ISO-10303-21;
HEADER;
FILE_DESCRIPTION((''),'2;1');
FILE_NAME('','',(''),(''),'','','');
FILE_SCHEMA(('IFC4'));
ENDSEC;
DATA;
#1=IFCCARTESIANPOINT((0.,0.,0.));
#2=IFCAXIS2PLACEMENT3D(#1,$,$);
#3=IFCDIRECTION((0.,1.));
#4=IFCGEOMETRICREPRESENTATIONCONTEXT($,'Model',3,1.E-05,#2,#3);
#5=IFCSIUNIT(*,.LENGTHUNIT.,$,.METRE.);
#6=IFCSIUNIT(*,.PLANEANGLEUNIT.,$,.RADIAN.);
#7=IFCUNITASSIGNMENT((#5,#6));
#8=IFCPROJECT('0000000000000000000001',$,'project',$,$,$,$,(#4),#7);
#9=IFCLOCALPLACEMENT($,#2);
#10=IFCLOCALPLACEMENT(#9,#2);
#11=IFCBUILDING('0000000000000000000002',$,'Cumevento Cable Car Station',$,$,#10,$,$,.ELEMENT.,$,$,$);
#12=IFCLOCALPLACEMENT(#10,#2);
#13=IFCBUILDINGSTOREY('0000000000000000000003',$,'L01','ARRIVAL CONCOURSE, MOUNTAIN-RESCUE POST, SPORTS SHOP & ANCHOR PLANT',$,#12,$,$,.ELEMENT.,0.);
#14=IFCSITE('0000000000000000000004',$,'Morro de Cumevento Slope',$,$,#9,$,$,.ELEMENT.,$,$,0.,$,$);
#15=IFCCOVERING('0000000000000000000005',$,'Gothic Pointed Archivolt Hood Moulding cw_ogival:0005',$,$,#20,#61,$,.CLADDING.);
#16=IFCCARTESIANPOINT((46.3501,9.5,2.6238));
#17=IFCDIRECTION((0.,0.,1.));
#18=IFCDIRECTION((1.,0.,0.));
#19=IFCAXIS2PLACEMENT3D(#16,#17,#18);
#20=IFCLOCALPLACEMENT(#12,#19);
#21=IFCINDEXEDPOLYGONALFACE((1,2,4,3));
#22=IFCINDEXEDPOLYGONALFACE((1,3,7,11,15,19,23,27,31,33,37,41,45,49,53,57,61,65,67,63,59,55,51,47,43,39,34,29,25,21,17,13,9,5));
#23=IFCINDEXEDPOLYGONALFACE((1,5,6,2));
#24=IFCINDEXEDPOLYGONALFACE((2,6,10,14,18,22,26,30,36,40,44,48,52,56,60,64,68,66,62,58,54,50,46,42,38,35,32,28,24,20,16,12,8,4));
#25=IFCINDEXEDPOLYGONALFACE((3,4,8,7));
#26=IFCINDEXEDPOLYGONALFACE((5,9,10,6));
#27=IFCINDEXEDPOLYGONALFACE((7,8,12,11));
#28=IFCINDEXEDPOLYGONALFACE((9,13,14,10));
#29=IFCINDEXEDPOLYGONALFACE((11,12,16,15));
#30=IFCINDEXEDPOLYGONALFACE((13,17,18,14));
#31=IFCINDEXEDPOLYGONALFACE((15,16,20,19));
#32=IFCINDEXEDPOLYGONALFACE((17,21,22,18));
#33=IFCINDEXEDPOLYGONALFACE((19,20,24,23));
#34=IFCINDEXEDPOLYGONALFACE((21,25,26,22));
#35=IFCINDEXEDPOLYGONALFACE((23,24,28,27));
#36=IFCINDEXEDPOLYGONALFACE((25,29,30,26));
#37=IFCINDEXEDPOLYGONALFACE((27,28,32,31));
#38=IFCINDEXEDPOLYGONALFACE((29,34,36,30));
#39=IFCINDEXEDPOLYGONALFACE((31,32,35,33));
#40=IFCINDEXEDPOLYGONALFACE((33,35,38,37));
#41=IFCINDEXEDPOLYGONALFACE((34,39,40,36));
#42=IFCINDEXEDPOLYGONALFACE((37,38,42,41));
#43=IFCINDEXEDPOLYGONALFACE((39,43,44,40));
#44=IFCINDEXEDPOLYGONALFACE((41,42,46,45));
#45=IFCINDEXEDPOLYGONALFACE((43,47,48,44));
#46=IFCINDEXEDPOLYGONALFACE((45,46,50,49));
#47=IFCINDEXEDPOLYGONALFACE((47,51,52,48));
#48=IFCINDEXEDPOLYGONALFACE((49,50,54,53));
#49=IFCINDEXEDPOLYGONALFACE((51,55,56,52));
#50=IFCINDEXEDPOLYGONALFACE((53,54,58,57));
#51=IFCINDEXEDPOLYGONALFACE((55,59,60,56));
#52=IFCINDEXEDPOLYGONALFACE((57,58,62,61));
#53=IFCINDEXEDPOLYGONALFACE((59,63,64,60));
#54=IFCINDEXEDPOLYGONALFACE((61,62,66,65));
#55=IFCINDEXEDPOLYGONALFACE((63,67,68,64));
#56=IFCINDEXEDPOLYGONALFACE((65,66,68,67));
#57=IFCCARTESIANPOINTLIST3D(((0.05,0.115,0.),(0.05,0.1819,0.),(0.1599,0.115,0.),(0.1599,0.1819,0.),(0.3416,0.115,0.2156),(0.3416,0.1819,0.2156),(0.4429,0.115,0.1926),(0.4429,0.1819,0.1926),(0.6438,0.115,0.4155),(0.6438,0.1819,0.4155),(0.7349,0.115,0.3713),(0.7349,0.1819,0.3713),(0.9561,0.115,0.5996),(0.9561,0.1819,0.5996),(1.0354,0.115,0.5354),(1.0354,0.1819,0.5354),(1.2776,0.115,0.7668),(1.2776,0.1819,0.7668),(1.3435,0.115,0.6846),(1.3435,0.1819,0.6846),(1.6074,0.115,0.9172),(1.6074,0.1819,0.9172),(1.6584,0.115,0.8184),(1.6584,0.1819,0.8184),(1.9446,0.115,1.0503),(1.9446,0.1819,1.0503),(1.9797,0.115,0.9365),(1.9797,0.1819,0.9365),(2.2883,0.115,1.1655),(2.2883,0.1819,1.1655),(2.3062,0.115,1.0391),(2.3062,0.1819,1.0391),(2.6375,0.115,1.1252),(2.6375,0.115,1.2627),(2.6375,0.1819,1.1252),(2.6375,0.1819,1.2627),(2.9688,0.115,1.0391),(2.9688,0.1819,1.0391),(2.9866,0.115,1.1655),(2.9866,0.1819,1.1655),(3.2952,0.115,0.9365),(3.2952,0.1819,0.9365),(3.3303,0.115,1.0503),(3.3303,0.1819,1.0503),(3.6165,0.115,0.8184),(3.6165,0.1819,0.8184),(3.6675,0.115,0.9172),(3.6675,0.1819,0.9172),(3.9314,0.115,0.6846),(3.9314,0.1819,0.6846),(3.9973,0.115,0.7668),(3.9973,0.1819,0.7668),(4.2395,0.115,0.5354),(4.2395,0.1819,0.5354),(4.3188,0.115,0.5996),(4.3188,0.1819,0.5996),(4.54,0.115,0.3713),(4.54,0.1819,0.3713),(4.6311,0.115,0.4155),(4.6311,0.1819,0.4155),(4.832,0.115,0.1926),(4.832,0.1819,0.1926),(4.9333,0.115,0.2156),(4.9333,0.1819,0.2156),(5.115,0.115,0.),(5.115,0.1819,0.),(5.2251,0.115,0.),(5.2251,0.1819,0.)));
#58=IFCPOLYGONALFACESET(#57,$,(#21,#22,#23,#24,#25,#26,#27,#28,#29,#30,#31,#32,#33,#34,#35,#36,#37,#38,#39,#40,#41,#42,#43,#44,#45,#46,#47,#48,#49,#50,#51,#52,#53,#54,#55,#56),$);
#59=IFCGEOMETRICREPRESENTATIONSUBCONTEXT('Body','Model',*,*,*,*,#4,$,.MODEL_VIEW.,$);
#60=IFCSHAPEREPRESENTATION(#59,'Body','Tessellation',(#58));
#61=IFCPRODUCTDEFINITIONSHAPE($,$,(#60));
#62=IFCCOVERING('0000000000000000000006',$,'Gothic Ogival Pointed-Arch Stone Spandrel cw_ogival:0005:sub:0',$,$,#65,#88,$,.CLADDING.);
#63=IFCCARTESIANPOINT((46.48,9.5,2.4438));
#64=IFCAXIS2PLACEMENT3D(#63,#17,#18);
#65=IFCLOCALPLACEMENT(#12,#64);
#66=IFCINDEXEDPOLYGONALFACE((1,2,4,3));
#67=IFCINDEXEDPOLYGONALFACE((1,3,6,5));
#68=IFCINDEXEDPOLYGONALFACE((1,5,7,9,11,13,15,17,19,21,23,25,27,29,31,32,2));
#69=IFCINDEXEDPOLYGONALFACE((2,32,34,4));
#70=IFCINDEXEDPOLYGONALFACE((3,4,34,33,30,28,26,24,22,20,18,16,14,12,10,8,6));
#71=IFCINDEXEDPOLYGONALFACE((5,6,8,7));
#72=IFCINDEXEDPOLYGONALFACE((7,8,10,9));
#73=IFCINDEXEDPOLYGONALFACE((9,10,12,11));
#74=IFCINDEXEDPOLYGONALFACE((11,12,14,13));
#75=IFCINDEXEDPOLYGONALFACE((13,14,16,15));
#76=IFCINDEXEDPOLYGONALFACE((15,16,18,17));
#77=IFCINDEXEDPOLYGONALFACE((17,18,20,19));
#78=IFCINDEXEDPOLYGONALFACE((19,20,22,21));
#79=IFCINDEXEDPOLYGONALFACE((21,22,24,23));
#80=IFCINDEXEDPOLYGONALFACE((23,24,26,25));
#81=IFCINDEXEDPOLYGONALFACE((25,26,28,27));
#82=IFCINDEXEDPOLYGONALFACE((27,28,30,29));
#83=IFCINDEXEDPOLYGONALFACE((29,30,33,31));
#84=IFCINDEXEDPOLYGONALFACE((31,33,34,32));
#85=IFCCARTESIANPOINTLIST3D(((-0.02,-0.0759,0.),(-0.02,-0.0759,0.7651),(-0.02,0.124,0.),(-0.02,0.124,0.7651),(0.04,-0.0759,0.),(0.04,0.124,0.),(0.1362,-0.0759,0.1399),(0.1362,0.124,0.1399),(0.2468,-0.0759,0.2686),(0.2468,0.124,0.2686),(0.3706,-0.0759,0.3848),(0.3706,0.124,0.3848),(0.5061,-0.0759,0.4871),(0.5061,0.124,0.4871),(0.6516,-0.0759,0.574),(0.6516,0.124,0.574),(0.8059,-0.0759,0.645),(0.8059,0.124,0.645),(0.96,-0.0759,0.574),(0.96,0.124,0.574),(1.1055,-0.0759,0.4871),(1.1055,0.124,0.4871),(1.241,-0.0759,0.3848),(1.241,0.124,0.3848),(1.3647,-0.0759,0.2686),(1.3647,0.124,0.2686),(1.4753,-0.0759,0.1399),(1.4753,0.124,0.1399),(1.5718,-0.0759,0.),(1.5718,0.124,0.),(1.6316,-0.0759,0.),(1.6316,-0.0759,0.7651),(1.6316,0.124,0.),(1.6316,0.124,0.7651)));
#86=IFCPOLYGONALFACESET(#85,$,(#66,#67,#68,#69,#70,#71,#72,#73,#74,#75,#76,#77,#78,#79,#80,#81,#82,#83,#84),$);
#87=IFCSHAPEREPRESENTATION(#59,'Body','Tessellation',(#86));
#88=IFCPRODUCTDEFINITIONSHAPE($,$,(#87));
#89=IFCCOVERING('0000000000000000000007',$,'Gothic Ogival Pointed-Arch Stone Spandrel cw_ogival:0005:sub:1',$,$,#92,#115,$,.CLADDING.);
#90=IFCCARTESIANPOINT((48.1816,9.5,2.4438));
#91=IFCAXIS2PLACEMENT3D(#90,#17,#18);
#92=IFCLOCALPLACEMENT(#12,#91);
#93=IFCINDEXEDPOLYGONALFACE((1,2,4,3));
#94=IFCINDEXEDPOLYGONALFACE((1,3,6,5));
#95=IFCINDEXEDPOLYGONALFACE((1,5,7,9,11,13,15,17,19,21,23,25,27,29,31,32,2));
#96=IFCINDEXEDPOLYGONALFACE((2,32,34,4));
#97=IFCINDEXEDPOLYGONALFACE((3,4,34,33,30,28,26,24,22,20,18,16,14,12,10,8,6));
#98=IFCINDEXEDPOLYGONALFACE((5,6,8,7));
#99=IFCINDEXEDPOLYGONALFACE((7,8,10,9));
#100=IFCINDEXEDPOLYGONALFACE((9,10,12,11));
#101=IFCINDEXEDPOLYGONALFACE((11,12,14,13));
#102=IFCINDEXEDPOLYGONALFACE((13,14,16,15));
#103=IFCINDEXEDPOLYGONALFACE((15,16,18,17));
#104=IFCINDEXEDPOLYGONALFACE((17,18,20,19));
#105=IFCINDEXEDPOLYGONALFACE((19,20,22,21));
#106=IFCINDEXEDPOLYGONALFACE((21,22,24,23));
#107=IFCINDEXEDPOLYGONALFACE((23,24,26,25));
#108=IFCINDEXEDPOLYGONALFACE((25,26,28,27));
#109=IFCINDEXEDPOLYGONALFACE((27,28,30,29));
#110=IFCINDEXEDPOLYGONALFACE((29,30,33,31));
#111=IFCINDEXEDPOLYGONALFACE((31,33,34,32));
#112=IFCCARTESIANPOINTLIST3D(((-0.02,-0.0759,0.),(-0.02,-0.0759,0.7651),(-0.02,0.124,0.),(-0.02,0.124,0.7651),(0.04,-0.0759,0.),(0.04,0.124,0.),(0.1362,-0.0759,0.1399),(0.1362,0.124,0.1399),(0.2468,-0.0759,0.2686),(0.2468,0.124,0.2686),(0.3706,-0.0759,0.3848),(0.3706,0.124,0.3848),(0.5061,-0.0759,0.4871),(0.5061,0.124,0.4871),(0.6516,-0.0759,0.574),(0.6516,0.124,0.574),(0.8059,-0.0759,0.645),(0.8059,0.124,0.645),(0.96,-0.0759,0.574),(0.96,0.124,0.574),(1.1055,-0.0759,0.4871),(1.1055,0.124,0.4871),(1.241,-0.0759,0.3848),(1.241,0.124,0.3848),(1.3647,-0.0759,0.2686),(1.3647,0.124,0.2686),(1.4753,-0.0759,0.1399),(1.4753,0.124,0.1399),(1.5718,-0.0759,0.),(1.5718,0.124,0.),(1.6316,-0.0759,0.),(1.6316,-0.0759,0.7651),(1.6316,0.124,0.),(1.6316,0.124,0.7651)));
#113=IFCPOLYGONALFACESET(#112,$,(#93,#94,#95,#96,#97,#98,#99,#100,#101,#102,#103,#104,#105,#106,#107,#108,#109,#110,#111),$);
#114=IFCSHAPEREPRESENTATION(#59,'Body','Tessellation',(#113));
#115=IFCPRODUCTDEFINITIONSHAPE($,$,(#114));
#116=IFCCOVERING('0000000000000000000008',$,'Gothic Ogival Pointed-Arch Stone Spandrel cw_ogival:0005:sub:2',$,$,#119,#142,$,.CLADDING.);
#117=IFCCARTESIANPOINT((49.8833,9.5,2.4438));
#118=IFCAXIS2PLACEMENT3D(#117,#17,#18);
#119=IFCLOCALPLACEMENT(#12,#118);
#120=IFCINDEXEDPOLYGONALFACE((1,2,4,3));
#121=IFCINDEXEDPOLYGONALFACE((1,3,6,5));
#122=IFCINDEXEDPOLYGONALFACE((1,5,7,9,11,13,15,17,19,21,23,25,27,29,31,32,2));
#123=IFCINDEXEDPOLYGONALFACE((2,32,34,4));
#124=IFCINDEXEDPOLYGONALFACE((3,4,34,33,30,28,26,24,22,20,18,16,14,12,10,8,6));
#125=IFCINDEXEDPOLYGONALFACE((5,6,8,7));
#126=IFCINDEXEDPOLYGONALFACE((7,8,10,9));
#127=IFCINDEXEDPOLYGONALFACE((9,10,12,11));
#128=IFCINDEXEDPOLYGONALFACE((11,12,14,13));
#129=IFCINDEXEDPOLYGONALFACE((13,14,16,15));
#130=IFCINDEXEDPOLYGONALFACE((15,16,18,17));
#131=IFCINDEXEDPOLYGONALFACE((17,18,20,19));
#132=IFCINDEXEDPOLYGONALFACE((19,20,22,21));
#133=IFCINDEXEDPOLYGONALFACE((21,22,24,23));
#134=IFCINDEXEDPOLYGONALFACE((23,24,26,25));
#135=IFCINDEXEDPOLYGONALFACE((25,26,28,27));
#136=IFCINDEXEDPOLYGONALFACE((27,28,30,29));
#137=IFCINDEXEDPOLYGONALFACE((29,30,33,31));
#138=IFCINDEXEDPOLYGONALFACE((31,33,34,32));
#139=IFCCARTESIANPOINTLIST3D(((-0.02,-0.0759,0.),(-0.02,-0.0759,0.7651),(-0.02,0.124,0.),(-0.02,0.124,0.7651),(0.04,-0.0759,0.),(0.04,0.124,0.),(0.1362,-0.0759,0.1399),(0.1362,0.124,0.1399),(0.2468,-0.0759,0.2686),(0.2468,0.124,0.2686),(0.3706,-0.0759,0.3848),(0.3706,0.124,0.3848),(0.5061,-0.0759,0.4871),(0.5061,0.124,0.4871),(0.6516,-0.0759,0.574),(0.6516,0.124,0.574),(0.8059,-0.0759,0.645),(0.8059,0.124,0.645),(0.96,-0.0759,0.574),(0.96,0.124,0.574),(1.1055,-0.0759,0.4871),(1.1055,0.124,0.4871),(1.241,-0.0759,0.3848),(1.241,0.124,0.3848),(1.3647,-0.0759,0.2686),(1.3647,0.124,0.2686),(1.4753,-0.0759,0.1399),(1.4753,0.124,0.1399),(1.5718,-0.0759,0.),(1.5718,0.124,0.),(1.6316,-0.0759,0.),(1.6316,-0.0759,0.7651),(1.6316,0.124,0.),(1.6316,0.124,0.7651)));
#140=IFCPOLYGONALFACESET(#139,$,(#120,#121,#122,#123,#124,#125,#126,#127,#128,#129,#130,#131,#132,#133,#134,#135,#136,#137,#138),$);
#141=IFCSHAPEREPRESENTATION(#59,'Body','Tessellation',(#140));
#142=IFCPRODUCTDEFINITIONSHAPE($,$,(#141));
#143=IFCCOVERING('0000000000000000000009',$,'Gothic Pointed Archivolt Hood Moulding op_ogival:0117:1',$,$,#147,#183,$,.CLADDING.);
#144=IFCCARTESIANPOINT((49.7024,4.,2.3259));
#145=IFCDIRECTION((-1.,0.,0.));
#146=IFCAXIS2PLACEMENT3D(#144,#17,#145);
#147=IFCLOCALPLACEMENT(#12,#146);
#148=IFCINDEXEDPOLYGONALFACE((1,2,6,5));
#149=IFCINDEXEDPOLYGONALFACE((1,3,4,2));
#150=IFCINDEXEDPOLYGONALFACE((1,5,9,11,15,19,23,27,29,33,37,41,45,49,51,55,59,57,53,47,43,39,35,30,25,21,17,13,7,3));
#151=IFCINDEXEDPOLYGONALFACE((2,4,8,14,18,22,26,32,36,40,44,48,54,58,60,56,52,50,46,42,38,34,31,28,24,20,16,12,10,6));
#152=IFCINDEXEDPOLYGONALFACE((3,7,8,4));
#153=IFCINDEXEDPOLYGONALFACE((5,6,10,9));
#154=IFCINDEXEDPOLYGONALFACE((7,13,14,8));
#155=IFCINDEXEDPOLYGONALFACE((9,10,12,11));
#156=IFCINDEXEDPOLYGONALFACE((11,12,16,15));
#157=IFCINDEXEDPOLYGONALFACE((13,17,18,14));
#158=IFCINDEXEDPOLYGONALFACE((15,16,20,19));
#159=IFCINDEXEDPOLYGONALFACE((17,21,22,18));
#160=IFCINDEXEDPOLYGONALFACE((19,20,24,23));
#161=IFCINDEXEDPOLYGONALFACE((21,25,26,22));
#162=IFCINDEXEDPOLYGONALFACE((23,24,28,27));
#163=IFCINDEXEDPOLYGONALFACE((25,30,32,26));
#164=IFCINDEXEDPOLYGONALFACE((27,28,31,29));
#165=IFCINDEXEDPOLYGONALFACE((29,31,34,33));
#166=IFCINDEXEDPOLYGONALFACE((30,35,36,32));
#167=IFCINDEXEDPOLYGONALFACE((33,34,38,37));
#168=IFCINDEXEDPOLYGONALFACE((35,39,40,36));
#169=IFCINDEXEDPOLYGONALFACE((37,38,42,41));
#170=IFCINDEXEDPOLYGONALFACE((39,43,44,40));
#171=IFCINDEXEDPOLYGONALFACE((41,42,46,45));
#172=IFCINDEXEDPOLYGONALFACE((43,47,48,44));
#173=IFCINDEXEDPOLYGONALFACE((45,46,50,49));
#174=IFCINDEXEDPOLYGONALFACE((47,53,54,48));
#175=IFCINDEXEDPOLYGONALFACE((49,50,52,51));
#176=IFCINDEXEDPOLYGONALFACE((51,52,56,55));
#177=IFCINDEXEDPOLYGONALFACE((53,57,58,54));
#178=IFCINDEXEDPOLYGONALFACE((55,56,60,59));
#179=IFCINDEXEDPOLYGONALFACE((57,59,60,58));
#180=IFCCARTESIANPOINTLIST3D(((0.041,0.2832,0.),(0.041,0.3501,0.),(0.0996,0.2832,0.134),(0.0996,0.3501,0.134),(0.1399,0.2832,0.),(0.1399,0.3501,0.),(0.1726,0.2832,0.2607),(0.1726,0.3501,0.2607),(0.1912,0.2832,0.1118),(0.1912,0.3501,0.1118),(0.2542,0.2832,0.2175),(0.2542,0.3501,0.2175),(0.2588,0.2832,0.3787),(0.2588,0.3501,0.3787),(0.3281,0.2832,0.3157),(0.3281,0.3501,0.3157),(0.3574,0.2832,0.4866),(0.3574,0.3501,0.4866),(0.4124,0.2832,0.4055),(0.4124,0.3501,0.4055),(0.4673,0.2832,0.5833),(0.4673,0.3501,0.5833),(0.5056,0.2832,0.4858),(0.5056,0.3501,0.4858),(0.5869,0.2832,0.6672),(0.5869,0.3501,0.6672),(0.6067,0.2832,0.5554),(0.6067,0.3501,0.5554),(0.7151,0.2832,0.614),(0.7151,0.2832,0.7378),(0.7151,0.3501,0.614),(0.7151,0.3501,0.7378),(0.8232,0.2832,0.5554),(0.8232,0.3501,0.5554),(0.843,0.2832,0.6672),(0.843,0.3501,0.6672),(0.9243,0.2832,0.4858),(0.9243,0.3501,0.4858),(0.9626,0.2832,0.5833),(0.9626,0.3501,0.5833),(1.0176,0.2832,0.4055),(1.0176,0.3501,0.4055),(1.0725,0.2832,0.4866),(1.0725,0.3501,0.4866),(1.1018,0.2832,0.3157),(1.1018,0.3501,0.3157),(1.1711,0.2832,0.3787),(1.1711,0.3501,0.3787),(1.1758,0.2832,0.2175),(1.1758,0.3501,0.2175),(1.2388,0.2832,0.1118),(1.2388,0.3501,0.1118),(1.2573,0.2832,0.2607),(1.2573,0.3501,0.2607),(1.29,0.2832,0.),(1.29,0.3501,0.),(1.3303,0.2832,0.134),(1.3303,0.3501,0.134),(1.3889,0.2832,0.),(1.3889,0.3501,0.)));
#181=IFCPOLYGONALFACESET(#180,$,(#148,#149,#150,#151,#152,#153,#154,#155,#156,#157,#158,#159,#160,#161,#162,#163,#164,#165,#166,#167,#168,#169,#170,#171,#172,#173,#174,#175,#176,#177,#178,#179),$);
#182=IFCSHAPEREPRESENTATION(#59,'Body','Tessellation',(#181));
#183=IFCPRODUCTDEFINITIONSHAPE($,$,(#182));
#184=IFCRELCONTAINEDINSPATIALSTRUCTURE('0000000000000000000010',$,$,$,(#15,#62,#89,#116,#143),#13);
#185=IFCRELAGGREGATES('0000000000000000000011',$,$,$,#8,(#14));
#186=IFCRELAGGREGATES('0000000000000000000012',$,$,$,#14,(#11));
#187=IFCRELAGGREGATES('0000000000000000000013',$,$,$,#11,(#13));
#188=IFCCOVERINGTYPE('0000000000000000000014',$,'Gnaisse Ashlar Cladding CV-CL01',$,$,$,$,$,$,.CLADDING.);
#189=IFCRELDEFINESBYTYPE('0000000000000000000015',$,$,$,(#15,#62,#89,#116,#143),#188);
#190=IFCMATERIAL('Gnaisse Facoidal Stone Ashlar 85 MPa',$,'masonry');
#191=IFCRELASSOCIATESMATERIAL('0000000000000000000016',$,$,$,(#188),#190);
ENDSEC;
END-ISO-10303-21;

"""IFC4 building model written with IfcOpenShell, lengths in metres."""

from ifc_helpers import new_model, si_unit, direction, frame, origin, place, context, subcontext, project, spatial, polyline, outline, extrude, material, type_object, element, save


model = new_model("IFC4")

# Units and contexts
model_context = context("Model", 3, precision=1e-05, world=origin(), true_north=direction((0.0, 1.0)))
body_context = subcontext(model_context, "Body", "Model", "MODEL_VIEW")
ifc_project = project(units=[si_unit("LENGTHUNIT", "METRE"), si_unit("PLANEANGLEUNIT", "RADIAN")], contexts=[model_context])

# Site, building, storey
site_placement = place(None, origin())
site = spatial("IfcSite", under=ifc_project, at=site_placement, Name="Morro de Cumevento Slope", CompositionType="ELEMENT", RefElevation=0.0)
building_placement = place(site_placement, origin())
building = spatial("IfcBuilding", under=site, at=building_placement, Name="Cumevento Cable Car Station", CompositionType="ELEMENT")
storey_placement = place(building_placement, origin())
storey = spatial("IfcBuildingStorey", under=building, at=storey_placement, Name="L01", Description="ARRIVAL CONCOURSE, MOUNTAIN-RESCUE POST, SPORTS SHOP & ANCHOR PLANT", CompositionType="ELEMENT", Elevation=0.0)

# Coverings
ifc_material_1 = material(Name="Gnaisse Facoidal Stone Ashlar 85 MPa", Category="masonry")
covering_type = type_object("IfcCoveringType", Name="Gnaisse Ashlar Cladding CV-CL01", PredefinedType="CLADDING", material=ifc_material_1)
covering_1_placement = place(storey_placement, frame((46.3501, 9.5, 2.6238), z_axis=(0.0, 0.0, 1.0), x_axis=(1.0, 0.0, 0.0)))
element("IfcCovering", 1, at=covering_1_placement, inside=storey, type_object=covering_type, Name="Gothic Pointed Archivolt Hood Moulding cw_ogival:0005", PredefinedType="CLADDING", context=body_context, shape_type="SweptSolid", body=[
    extrude(outline(polyline([(0.1599, 0.0), (0.4429, 0.1926), (0.7349, 0.3713), (1.0354, 0.5354), (1.3435, 0.6846), (1.6584, 0.8184), (1.9797, 0.9365), (2.3062, 1.0391), (2.6375, 1.1252), (2.9688, 1.0391), (3.2952, 0.9365), (3.6165, 0.8184), (3.9314, 0.6846), (4.2395, 0.5354), (4.54, 0.3713), (4.832, 0.1926), (5.115, 0.0), (5.2251, 0.0), (4.9333, 0.2156), (4.6311, 0.4155), (4.3188, 0.5996), (3.9973, 0.7668), (3.6675, 0.9172), (3.3303, 1.0503), (2.9866, 1.1655), (2.6375, 1.2627), (2.2883, 1.1655), (1.9446, 1.0503), (1.6074, 0.9172), (1.2776, 0.7668), (0.9561, 0.5996), (0.6438, 0.4155), (0.3416, 0.2156), (0.05, 0.0), (0.1599, 0.0)])), frame((0.0, 0.1819, 0.0), z_axis=(0.0, -1.0, 0.0), x_axis=(1.0, 0.0, 0.0)), (0.0, 0.0, 1.0), 0.0669),
])
for number, where, z_axis, x_axis, name in (
    (2, (46.48, 9.5, 2.4438), (0.0, 0.0, 1.0), (1.0, 0.0, 0.0), "Gothic Ogival Pointed-Arch Stone Spandrel cw_ogival:0005:sub:0"),
    (3, (48.1816, 9.5, 2.4438), (0.0, 0.0, 1.0), (1.0, 0.0, 0.0), "Gothic Ogival Pointed-Arch Stone Spandrel cw_ogival:0005:sub:1"),
    (4, (49.8833, 9.5, 2.4438), (0.0, 0.0, 1.0), (1.0, 0.0, 0.0), "Gothic Ogival Pointed-Arch Stone Spandrel cw_ogival:0005:sub:2"),
):
    element("IfcCovering", number, at=place(storey_placement, frame(where, z_axis=z_axis, x_axis=x_axis)), inside=storey, type_object=covering_type, Name=name, PredefinedType="CLADDING", context=body_context, shape_type="SweptSolid", body=[
        extrude(outline(polyline([(-0.02, 0.0), (-0.02, 0.7651), (1.6316, 0.7651), (1.6316, 0.0), (1.5718, 0.0), (1.4753, 0.1399), (1.3647, 0.2686), (1.241, 0.3848), (1.1055, 0.4871), (0.96, 0.574), (0.8059, 0.645), (0.6516, 0.574), (0.5061, 0.4871), (0.3706, 0.3848), (0.2468, 0.2686), (0.1362, 0.1399), (0.04, 0.0), (-0.02, 0.0)])), frame((0.0, 0.124, 0.0), z_axis=(0.0, -1.0, 0.0), x_axis=(1.0, 0.0, 0.0)), (0.0, 0.0, 1.0), 0.2),
    ])
covering_2_placement = place(storey_placement, frame((49.7024, 4.0, 2.3259), z_axis=(0.0, 0.0, 1.0), x_axis=(-1.0, 0.0, 0.0)))
element("IfcCovering", 5, at=covering_2_placement, inside=storey, type_object=covering_type, Name="Gothic Pointed Archivolt Hood Moulding op_ogival:0117:1", PredefinedType="CLADDING", context=body_context, shape_type="SweptSolid", body=[
    extrude(outline(polyline([(0.1399, 0.0), (0.1912, 0.1118), (0.2542, 0.2175), (0.3281, 0.3157), (0.4124, 0.4055), (0.5056, 0.4858), (0.6067, 0.5554), (0.7151, 0.614), (0.8232, 0.5554), (0.9243, 0.4858), (1.0176, 0.4055), (1.1018, 0.3157), (1.1758, 0.2175), (1.2388, 0.1118), (1.29, 0.0), (1.3889, 0.0), (1.3303, 0.134), (1.2573, 0.2607), (1.1711, 0.3787), (1.0725, 0.4866), (0.9626, 0.5833), (0.843, 0.6672), (0.7151, 0.7378), (0.5869, 0.6672), (0.4673, 0.5833), (0.3574, 0.4866), (0.2588, 0.3787), (0.1726, 0.2607), (0.0996, 0.134), (0.041, 0.0), (0.1399, 0.0)])), frame((0.0, 0.3501, 0.0), z_axis=(0.0, -1.0, 0.0), x_axis=(1.0, 0.0, 0.0)), (0.0, 0.0, 1.0), 0.0669),
])

save(model, "model.ifc")
